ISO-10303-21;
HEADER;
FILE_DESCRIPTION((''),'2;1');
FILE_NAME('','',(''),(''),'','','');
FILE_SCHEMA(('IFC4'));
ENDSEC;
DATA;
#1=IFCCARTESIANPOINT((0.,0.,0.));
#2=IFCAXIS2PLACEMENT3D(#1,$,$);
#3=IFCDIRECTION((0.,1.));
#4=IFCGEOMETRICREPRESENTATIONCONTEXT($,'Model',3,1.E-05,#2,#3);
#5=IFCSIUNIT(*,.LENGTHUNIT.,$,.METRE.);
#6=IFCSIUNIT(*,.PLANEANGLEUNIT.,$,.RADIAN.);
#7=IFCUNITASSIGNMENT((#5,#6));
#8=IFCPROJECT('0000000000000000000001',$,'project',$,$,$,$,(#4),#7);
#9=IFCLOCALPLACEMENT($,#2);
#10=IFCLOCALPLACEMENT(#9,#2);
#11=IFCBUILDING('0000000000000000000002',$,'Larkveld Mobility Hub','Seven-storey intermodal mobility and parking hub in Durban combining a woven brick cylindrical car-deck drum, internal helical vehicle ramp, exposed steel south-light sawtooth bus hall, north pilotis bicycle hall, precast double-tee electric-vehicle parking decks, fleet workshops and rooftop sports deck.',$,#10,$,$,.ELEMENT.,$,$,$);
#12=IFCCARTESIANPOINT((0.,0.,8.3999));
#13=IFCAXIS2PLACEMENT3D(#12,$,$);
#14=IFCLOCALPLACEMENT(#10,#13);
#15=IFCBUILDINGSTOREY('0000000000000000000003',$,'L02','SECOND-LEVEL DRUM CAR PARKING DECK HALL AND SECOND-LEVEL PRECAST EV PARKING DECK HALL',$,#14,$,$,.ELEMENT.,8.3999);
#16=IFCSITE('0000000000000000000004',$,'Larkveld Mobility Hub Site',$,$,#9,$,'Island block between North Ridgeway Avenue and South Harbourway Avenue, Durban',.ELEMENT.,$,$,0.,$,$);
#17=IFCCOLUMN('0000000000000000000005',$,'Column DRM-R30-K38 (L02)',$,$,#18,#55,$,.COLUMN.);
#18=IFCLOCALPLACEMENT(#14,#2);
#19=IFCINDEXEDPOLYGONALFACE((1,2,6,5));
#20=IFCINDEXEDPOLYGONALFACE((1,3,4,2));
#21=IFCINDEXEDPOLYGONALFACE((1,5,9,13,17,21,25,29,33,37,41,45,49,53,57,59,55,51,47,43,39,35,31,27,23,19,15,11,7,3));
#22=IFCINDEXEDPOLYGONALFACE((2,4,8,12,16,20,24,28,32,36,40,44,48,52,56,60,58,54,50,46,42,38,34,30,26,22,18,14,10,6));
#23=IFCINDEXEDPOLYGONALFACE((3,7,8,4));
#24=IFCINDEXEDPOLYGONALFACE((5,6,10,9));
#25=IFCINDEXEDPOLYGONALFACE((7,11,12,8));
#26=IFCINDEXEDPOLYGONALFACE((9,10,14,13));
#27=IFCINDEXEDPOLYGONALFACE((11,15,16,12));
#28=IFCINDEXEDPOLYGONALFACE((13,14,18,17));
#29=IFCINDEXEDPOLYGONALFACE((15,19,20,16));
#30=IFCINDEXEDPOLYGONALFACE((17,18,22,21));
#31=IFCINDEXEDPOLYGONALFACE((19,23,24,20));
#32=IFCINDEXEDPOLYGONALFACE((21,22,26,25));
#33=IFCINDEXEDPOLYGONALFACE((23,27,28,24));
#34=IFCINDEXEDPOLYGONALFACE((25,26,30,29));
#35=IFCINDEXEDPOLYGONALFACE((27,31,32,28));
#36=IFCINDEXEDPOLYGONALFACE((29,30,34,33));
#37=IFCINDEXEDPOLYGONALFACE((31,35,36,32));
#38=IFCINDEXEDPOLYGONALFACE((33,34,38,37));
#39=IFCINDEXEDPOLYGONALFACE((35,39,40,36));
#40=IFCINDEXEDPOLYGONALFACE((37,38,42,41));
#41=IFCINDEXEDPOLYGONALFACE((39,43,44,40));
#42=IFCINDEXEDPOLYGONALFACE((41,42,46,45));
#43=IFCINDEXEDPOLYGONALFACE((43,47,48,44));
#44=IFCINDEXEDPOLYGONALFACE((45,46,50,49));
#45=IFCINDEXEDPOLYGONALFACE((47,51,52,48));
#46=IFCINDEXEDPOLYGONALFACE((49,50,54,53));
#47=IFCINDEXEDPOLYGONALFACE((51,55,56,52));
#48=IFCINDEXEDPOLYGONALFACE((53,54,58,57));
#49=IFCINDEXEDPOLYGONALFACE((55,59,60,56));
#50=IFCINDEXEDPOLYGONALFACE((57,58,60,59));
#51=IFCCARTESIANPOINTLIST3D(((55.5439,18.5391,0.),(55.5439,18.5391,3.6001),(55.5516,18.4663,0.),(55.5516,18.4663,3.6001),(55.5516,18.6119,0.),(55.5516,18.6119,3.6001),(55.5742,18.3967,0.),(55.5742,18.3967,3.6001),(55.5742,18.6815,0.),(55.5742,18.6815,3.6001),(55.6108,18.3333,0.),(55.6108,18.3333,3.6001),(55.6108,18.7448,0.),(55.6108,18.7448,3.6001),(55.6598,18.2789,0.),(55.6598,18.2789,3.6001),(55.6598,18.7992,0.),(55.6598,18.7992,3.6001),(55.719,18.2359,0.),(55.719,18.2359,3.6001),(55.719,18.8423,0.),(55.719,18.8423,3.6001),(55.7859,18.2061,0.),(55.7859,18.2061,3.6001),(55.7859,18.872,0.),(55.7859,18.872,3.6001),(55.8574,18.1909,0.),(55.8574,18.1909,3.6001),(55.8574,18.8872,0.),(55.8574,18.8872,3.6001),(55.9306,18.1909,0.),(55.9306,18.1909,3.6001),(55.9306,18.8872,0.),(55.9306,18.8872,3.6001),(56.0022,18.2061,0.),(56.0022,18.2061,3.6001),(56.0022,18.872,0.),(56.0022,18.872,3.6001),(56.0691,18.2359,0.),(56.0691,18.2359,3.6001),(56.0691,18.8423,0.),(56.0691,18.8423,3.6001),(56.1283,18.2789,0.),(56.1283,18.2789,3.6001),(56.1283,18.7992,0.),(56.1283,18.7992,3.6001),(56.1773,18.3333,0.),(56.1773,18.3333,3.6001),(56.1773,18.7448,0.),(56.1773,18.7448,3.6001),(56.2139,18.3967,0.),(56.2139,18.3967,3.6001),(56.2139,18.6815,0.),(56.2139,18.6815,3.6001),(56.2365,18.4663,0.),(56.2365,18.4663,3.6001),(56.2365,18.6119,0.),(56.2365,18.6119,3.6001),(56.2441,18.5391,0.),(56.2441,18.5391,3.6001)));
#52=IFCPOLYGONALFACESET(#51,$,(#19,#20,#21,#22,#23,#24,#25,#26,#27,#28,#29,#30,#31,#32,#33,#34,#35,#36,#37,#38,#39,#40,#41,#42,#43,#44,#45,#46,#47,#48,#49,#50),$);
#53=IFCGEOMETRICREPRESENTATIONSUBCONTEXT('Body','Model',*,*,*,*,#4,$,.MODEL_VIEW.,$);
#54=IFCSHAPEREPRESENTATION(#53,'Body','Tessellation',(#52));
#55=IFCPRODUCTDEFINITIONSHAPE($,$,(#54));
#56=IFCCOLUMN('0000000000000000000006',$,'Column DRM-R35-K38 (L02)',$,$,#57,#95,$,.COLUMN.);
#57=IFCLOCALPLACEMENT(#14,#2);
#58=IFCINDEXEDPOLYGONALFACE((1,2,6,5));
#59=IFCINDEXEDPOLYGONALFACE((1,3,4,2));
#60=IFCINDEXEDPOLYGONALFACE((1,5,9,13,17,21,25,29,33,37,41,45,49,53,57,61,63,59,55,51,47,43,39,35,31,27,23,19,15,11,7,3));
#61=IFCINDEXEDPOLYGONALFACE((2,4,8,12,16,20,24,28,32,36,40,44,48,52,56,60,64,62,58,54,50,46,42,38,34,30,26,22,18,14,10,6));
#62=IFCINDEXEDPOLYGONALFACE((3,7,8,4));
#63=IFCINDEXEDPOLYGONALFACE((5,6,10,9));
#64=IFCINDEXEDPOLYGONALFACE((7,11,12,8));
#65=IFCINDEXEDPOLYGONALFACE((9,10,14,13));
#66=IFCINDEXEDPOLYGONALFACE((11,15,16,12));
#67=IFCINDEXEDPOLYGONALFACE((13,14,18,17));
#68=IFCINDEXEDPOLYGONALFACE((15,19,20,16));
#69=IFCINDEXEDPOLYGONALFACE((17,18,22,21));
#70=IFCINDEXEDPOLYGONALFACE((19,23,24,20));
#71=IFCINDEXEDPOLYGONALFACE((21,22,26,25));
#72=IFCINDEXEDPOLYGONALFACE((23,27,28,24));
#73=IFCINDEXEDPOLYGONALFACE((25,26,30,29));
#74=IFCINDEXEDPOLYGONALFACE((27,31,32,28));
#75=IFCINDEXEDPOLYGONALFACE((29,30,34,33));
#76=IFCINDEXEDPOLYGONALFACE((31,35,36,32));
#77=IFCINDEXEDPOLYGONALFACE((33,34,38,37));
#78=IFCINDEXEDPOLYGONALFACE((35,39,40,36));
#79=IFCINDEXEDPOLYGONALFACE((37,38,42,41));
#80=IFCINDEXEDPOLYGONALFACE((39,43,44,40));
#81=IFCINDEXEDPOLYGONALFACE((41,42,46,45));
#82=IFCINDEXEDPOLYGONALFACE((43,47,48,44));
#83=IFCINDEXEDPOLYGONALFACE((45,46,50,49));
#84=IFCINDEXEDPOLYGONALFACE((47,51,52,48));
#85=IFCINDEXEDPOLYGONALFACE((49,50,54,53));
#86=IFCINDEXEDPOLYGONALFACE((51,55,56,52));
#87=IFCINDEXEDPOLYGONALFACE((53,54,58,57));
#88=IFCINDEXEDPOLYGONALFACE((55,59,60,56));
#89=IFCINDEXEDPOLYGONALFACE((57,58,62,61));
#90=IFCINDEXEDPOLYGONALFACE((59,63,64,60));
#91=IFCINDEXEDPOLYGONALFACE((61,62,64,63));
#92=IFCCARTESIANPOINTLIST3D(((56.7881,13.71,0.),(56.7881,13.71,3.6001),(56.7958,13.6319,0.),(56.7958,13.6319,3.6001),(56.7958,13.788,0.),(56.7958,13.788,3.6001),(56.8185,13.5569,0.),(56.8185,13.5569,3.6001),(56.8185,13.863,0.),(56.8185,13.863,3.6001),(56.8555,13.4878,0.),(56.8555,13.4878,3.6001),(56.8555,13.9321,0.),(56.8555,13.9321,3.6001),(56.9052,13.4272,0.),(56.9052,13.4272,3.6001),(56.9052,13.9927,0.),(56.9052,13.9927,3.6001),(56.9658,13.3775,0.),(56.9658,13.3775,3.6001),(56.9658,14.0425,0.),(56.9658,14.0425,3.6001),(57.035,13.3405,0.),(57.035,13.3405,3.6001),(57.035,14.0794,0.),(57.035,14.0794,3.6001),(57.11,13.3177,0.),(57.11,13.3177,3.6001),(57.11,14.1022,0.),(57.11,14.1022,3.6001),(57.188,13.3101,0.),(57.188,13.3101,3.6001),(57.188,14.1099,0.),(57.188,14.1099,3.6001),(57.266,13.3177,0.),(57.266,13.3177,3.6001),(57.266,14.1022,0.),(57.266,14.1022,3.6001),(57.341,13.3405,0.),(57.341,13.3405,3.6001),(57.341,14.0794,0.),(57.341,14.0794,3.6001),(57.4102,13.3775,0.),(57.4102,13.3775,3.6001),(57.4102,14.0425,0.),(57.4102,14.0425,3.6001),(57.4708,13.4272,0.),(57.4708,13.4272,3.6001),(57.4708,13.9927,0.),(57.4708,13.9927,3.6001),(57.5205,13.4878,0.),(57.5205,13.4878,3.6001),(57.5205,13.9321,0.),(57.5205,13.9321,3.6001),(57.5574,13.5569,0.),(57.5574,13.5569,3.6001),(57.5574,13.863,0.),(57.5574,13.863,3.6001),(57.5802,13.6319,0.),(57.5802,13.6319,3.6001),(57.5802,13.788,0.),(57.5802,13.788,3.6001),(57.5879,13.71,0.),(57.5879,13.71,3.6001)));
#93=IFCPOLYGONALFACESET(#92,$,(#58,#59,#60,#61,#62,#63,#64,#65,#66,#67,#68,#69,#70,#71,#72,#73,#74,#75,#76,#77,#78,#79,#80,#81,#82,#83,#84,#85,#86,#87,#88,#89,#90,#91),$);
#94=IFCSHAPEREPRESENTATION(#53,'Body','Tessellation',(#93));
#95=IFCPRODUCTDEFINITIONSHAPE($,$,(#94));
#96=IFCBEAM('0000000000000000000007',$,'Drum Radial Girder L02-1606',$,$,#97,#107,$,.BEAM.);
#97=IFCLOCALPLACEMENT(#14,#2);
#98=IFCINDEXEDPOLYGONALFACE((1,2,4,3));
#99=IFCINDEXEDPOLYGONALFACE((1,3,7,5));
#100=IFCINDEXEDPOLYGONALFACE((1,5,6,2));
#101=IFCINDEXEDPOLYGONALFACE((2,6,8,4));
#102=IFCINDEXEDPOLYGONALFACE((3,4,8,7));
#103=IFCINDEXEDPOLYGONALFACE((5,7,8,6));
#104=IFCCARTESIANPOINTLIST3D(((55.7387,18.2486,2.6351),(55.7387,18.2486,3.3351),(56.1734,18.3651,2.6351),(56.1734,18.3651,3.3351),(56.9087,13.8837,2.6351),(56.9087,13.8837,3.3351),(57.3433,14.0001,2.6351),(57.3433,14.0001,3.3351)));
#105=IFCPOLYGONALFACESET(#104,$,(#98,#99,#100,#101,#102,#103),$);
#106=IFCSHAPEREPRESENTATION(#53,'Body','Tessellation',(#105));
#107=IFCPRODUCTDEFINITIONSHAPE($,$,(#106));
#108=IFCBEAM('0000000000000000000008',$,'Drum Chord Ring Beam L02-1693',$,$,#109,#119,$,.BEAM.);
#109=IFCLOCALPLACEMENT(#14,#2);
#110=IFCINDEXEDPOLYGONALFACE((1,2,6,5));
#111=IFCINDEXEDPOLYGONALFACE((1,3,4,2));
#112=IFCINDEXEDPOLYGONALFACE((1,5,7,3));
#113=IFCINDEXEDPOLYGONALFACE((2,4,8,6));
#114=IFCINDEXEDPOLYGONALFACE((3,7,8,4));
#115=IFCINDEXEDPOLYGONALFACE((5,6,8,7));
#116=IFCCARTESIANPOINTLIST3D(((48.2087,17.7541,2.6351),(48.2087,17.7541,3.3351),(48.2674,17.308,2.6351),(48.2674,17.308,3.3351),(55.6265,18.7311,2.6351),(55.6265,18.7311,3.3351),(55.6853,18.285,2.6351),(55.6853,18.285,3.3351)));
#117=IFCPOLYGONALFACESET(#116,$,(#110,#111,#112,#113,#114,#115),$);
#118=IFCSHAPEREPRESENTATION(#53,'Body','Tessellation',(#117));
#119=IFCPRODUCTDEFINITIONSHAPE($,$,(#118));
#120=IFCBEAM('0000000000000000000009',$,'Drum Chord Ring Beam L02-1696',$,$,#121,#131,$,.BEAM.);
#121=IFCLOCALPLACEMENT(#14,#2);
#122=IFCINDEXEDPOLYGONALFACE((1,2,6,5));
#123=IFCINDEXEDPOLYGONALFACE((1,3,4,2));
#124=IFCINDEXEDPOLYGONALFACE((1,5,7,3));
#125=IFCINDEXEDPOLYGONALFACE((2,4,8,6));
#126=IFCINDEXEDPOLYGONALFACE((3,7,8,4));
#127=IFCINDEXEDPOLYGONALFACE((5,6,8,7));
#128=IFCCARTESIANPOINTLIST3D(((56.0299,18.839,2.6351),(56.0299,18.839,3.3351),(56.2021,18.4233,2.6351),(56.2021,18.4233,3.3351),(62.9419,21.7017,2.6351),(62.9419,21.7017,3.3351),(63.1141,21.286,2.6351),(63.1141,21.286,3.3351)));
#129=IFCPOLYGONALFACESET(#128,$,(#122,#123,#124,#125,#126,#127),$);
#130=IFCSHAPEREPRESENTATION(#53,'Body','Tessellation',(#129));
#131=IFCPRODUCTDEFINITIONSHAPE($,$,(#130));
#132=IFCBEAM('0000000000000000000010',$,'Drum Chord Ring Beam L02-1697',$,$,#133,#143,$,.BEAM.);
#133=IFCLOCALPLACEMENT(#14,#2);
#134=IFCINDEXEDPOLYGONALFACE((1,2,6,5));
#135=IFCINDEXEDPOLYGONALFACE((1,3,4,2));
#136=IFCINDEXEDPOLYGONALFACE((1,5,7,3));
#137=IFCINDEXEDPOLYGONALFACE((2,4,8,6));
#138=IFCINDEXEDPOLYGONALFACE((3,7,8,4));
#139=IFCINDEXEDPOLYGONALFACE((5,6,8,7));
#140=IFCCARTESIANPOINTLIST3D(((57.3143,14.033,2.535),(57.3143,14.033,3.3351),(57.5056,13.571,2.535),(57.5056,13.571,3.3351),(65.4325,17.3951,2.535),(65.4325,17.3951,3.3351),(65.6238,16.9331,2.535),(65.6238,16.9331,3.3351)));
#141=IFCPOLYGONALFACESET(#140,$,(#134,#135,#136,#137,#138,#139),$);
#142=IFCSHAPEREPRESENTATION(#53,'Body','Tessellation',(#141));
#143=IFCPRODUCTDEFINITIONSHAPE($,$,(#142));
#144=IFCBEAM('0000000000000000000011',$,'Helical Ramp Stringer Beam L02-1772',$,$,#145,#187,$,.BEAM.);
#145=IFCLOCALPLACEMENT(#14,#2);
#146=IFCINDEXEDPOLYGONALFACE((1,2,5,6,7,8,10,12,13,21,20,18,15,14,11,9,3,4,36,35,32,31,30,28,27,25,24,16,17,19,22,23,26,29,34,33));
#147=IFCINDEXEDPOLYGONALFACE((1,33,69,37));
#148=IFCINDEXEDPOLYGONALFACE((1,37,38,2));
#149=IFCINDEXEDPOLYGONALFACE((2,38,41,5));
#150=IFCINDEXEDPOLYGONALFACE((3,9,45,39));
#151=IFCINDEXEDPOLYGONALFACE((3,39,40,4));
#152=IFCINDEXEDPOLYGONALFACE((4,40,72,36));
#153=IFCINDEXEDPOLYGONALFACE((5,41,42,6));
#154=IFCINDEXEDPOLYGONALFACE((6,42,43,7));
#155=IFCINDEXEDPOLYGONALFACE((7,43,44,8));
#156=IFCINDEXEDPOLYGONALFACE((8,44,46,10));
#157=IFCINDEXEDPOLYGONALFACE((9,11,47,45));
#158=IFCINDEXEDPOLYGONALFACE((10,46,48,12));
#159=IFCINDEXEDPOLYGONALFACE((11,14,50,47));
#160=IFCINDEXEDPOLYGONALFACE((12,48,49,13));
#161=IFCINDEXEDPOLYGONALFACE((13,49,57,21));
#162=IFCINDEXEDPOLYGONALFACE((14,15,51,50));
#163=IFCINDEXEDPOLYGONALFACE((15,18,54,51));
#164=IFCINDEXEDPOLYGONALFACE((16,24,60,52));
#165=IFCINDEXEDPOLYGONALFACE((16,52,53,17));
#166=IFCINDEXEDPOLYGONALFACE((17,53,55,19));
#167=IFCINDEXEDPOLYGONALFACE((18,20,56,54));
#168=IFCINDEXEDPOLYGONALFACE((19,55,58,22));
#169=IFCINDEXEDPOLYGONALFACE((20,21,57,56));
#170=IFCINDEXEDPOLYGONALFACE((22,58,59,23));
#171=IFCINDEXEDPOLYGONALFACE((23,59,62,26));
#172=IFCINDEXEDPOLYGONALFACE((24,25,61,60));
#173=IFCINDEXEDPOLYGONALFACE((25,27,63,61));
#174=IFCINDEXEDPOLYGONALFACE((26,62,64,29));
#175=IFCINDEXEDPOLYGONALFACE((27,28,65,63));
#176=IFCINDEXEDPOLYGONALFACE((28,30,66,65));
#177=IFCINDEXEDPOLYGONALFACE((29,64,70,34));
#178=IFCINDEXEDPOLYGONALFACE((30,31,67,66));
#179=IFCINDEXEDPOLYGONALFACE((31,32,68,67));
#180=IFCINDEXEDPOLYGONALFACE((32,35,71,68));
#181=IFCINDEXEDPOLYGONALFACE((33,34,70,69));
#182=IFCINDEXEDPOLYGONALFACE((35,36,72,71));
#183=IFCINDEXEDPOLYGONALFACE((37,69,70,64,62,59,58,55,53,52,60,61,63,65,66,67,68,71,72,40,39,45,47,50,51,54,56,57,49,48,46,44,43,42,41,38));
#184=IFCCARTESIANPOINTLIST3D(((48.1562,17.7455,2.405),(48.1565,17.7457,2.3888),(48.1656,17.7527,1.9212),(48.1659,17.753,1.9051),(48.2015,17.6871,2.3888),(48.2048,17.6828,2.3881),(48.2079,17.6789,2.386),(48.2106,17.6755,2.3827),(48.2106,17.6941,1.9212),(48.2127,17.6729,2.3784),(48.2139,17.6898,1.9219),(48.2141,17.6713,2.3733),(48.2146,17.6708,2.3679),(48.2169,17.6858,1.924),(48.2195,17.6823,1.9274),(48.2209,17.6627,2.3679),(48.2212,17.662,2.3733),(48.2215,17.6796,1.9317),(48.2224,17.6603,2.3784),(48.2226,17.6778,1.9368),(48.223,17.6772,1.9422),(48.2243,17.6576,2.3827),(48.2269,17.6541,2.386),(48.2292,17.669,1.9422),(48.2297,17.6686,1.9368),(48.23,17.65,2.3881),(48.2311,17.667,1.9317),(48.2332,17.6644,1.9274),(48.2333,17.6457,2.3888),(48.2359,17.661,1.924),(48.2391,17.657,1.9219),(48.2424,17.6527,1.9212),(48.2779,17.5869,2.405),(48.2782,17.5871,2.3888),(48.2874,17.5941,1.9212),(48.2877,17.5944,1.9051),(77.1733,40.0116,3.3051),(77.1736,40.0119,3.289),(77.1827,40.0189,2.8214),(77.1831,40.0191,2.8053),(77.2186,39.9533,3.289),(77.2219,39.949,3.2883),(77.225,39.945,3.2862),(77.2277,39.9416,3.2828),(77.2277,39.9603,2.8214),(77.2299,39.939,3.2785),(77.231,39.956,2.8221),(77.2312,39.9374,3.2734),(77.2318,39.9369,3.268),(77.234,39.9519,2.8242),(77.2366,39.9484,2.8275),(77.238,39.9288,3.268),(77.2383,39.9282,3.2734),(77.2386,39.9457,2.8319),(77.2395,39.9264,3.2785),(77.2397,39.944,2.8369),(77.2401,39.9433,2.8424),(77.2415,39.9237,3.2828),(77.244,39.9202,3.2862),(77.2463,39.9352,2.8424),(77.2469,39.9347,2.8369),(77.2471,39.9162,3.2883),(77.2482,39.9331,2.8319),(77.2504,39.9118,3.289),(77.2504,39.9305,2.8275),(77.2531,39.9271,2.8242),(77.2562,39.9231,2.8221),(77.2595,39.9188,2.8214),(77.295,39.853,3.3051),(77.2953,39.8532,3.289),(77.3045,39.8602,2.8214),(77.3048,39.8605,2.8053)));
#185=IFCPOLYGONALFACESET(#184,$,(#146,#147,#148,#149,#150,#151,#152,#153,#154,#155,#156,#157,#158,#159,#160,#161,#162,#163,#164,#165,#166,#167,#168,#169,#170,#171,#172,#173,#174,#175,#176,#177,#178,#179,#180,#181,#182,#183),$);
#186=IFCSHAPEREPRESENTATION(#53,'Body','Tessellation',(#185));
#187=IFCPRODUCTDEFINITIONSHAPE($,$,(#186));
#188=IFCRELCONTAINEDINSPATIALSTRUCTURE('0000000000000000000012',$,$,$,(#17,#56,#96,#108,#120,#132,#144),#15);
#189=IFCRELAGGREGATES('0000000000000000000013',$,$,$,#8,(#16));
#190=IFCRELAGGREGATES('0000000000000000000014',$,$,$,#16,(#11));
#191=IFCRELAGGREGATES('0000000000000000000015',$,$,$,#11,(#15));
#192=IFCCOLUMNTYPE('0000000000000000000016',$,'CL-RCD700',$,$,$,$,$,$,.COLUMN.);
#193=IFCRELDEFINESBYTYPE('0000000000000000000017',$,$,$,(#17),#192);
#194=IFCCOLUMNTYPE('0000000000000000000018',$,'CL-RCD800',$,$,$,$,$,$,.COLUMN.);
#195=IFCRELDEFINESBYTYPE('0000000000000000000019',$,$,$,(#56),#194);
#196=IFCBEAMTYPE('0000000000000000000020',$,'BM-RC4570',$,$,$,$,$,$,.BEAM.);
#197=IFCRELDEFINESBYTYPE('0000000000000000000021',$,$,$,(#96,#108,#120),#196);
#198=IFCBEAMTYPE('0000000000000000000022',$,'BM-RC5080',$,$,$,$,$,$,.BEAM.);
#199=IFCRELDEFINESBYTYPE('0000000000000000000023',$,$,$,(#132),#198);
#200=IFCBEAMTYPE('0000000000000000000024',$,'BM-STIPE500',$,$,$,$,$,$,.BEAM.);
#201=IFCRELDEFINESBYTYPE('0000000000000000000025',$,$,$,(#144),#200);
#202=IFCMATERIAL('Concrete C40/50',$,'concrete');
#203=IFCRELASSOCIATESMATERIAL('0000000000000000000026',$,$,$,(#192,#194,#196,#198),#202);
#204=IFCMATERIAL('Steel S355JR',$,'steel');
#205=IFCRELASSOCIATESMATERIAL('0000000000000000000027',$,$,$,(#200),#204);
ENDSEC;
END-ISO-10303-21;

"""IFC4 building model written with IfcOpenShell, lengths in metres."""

from ifc_helpers import new_model, si_unit, direction, frame, origin, origin_2d, place, context, subcontext, project, spatial, rectangle, circle, i_section, extrude, material, material_profile, profile_set, type_object, element, save


model = new_model("IFC4")

# Units and contexts
model_context = context("Model", 3, precision=1e-05, world=origin(), true_north=direction((0.0, 1.0)))
body_context = subcontext(model_context, "Body", "Model", "MODEL_VIEW")
ifc_project = project(units=[si_unit("LENGTHUNIT", "METRE"), si_unit("PLANEANGLEUNIT", "RADIAN")], contexts=[model_context])

# Site, building, storey
site_placement = place(None, origin())
site = spatial("IfcSite", under=ifc_project, at=site_placement, Name="Larkveld Mobility Hub Site", LongName="Island block between North Ridgeway Avenue and South Harbourway Avenue, Durban", CompositionType="ELEMENT", RefElevation=0.0)
building_placement = place(site_placement, origin())
building = spatial("IfcBuilding", under=site, at=building_placement, Name="Larkveld Mobility Hub", Description="Seven-storey intermodal mobility and parking hub in Durban combining a woven brick cylindrical car-deck drum, internal helical vehicle ramp, exposed steel south-light sawtooth bus hall, north pilotis bicycle hall, precast double-tee electric-vehicle parking decks, fleet workshops and rooftop sports deck.", CompositionType="ELEMENT")
storey_placement = place(building_placement, frame((0.0, 0.0, 8.3999)))
storey = spatial("IfcBuildingStorey", under=building, at=storey_placement, Name="L02", Description="SECOND-LEVEL DRUM CAR PARKING DECK HALL AND SECOND-LEVEL PRECAST EV PARKING DECK HALL", CompositionType="ELEMENT", Elevation=8.3999)

# Columns
ifc_material_1 = material(Name="Concrete C40/50", Category="concrete")
ifc_material_profile_1 = material_profile(ifc_material_1, circle(Radius=0.3501, at=origin_2d()), Name="RC COL D700")
ifc_profile_set_1 = profile_set([ifc_material_profile_1], Name="Concrete C40/50")
column_type_1 = type_object("IfcColumnType", Name="CL-RCD700", PredefinedType="COLUMN", material=ifc_profile_set_1)
column_1_placement = place(storey_placement, frame((55.894, 18.5391, 0.0), z_axis=(0.0, 0.0, 1.0), x_axis=(1.0, 0.0, 0.0)))
element("IfcColumn", 1, at=column_1_placement, inside=storey, type_object=column_type_1, Name="Column DRM-R30-K38 (L02)", PredefinedType="COLUMN", context=body_context, shape_type="SweptSolid", body=[
    extrude(circle(Radius=0.3501, at=origin_2d()), origin(), (0.0, 0.0, 1.0), 3.6001),
])
ifc_material_profile_2 = material_profile(ifc_material_1, circle(Radius=0.3999, at=origin_2d()), Name="RC COL D800")
ifc_profile_set_2 = profile_set([ifc_material_profile_2], Name="Concrete C40/50")
column_type_2 = type_object("IfcColumnType", Name="CL-RCD800", PredefinedType="COLUMN", material=ifc_profile_set_2)
column_2_placement = place(storey_placement, frame((57.188, 13.71, 0.0), z_axis=(0.0, 0.0, 1.0), x_axis=(1.0, 0.0, 0.0)))
element("IfcColumn", 2, at=column_2_placement, inside=storey, type_object=column_type_2, Name="Column DRM-R35-K38 (L02)", PredefinedType="COLUMN", context=body_context, shape_type="SweptSolid", body=[
    extrude(circle(Radius=0.3999, at=origin_2d()), origin(), (0.0, 0.0, 1.0), 3.6001),
])

# Beams
ifc_material_profile_3 = material_profile(ifc_material_1, rectangle(XDim=0.45, YDim=0.7, at=origin_2d()), Name="RC BM 450x700")
ifc_profile_set_3 = profile_set([ifc_material_profile_3], Name="Concrete C40/50")
beam_type_1 = type_object("IfcBeamType", Name="BM-RC4570", PredefinedType="BEAM", material=ifc_profile_set_3)
beam_1_placement = place(storey_placement, frame((55.9561, 18.3069, 2.9851), z_axis=(0.258886, -0.965908, 0.0), x_axis=(0.965908, 0.258886, 0.0)))
element("IfcBeam", 3, at=beam_1_placement, inside=storey, type_object=beam_type_1, Name="Drum Radial Girder L02-1606", PredefinedType="BEAM", context=body_context, shape_type="SweptSolid", body=[
    extrude(rectangle(XDim=0.45, YDim=0.7, at=origin_2d()), origin(), (0.0, 0.0, 1.0), 4.519),
])
beam_2_placement = place(storey_placement, frame((48.238, 17.531, 2.9851), z_axis=(0.991437, 0.130586, 0.0), x_axis=(-0.130586, 0.991437, 0.0)))
element("IfcBeam", 4, at=beam_2_placement, inside=storey, type_object=beam_type_1, Name="Drum Chord Ring Beam L02-1693", PredefinedType="BEAM", context=body_context, shape_type="SweptSolid", body=[
    extrude(rectangle(XDim=0.45, YDim=0.7, at=origin_2d()), origin(), (0.0, 0.0, 1.0), 7.4819),
])
beam_3_placement = place(storey_placement, frame((56.116, 18.6311, 2.9851), z_axis=(0.923894, 0.38265, 0.0), x_axis=(-0.38265, 0.923894, 0.0)))
element("IfcBeam", 5, at=beam_3_placement, inside=storey, type_object=beam_type_1, Name="Drum Chord Ring Beam L02-1696", PredefinedType="BEAM", context=body_context, shape_type="SweptSolid", body=[
    extrude(rectangle(XDim=0.45, YDim=0.7, at=origin_2d()), origin(), (0.0, 0.0, 1.0), 7.4814),
])
ifc_material_profile_4 = material_profile(ifc_material_1, rectangle(XDim=0.5, YDim=0.8, at=origin_2d()), Name="RC BM 500x800")
ifc_profile_set_4 = profile_set([ifc_material_profile_4], Name="Concrete C40/50")
beam_type_2 = type_object("IfcBeamType", Name="BM-RC5080", PredefinedType="BEAM", material=ifc_profile_set_4)
beam_4_placement = place(storey_placement, frame((57.4099, 13.802, 2.9351), z_axis=(0.923903, 0.382626, 0.0), x_axis=(-0.382626, 0.923903, 0.0)))
element("IfcBeam", 6, at=beam_4_placement, inside=storey, type_object=beam_type_2, Name="Drum Chord Ring Beam L02-1697", PredefinedType="BEAM", context=body_context, shape_type="SweptSolid", body=[
    extrude(rectangle(XDim=0.5, YDim=0.8, at=origin_2d()), origin(), (0.0, 0.0, 1.0), 8.7869),
])
ifc_material_2 = material(Name="Steel S355JR", Category="steel")
ifc_material_profile_5 = material_profile(ifc_material_2, i_section(OverallWidth=0.2, OverallDepth=0.5, WebThickness=0.0103, FlangeThickness=0.0161, FilletRadius=0.021, at=origin_2d()), Name="IPE 500")
ifc_profile_set_5 = profile_set([ifc_material_profile_5], Name="Steel S355JR")
beam_type_3 = type_object("IfcBeamType", Name="BM-STIPE500", PredefinedType="BEAM", material=ifc_profile_set_5)
beam_5_placement = place(storey_placement, frame((48.2219, 17.6699, 2.155), z_axis=(0.793106, 0.608586, 0.024603), x_axis=(-0.60877, 0.793347, 0.0)))
element("IfcBeam", 7, at=beam_5_placement, inside=storey, type_object=beam_type_3, Name="Helical Ramp Stringer Beam L02-1772", PredefinedType="BEAM", context=body_context, shape_type="SweptSolid", body=[
    extrude(i_section(OverallWidth=0.2, OverallDepth=0.5, WebThickness=0.0103, FlangeThickness=0.0161, FilletRadius=0.021, at=origin_2d()), origin(), (0.0, 0.0, 1.0), 36.5867),
])

save(model, "model.ifc")
